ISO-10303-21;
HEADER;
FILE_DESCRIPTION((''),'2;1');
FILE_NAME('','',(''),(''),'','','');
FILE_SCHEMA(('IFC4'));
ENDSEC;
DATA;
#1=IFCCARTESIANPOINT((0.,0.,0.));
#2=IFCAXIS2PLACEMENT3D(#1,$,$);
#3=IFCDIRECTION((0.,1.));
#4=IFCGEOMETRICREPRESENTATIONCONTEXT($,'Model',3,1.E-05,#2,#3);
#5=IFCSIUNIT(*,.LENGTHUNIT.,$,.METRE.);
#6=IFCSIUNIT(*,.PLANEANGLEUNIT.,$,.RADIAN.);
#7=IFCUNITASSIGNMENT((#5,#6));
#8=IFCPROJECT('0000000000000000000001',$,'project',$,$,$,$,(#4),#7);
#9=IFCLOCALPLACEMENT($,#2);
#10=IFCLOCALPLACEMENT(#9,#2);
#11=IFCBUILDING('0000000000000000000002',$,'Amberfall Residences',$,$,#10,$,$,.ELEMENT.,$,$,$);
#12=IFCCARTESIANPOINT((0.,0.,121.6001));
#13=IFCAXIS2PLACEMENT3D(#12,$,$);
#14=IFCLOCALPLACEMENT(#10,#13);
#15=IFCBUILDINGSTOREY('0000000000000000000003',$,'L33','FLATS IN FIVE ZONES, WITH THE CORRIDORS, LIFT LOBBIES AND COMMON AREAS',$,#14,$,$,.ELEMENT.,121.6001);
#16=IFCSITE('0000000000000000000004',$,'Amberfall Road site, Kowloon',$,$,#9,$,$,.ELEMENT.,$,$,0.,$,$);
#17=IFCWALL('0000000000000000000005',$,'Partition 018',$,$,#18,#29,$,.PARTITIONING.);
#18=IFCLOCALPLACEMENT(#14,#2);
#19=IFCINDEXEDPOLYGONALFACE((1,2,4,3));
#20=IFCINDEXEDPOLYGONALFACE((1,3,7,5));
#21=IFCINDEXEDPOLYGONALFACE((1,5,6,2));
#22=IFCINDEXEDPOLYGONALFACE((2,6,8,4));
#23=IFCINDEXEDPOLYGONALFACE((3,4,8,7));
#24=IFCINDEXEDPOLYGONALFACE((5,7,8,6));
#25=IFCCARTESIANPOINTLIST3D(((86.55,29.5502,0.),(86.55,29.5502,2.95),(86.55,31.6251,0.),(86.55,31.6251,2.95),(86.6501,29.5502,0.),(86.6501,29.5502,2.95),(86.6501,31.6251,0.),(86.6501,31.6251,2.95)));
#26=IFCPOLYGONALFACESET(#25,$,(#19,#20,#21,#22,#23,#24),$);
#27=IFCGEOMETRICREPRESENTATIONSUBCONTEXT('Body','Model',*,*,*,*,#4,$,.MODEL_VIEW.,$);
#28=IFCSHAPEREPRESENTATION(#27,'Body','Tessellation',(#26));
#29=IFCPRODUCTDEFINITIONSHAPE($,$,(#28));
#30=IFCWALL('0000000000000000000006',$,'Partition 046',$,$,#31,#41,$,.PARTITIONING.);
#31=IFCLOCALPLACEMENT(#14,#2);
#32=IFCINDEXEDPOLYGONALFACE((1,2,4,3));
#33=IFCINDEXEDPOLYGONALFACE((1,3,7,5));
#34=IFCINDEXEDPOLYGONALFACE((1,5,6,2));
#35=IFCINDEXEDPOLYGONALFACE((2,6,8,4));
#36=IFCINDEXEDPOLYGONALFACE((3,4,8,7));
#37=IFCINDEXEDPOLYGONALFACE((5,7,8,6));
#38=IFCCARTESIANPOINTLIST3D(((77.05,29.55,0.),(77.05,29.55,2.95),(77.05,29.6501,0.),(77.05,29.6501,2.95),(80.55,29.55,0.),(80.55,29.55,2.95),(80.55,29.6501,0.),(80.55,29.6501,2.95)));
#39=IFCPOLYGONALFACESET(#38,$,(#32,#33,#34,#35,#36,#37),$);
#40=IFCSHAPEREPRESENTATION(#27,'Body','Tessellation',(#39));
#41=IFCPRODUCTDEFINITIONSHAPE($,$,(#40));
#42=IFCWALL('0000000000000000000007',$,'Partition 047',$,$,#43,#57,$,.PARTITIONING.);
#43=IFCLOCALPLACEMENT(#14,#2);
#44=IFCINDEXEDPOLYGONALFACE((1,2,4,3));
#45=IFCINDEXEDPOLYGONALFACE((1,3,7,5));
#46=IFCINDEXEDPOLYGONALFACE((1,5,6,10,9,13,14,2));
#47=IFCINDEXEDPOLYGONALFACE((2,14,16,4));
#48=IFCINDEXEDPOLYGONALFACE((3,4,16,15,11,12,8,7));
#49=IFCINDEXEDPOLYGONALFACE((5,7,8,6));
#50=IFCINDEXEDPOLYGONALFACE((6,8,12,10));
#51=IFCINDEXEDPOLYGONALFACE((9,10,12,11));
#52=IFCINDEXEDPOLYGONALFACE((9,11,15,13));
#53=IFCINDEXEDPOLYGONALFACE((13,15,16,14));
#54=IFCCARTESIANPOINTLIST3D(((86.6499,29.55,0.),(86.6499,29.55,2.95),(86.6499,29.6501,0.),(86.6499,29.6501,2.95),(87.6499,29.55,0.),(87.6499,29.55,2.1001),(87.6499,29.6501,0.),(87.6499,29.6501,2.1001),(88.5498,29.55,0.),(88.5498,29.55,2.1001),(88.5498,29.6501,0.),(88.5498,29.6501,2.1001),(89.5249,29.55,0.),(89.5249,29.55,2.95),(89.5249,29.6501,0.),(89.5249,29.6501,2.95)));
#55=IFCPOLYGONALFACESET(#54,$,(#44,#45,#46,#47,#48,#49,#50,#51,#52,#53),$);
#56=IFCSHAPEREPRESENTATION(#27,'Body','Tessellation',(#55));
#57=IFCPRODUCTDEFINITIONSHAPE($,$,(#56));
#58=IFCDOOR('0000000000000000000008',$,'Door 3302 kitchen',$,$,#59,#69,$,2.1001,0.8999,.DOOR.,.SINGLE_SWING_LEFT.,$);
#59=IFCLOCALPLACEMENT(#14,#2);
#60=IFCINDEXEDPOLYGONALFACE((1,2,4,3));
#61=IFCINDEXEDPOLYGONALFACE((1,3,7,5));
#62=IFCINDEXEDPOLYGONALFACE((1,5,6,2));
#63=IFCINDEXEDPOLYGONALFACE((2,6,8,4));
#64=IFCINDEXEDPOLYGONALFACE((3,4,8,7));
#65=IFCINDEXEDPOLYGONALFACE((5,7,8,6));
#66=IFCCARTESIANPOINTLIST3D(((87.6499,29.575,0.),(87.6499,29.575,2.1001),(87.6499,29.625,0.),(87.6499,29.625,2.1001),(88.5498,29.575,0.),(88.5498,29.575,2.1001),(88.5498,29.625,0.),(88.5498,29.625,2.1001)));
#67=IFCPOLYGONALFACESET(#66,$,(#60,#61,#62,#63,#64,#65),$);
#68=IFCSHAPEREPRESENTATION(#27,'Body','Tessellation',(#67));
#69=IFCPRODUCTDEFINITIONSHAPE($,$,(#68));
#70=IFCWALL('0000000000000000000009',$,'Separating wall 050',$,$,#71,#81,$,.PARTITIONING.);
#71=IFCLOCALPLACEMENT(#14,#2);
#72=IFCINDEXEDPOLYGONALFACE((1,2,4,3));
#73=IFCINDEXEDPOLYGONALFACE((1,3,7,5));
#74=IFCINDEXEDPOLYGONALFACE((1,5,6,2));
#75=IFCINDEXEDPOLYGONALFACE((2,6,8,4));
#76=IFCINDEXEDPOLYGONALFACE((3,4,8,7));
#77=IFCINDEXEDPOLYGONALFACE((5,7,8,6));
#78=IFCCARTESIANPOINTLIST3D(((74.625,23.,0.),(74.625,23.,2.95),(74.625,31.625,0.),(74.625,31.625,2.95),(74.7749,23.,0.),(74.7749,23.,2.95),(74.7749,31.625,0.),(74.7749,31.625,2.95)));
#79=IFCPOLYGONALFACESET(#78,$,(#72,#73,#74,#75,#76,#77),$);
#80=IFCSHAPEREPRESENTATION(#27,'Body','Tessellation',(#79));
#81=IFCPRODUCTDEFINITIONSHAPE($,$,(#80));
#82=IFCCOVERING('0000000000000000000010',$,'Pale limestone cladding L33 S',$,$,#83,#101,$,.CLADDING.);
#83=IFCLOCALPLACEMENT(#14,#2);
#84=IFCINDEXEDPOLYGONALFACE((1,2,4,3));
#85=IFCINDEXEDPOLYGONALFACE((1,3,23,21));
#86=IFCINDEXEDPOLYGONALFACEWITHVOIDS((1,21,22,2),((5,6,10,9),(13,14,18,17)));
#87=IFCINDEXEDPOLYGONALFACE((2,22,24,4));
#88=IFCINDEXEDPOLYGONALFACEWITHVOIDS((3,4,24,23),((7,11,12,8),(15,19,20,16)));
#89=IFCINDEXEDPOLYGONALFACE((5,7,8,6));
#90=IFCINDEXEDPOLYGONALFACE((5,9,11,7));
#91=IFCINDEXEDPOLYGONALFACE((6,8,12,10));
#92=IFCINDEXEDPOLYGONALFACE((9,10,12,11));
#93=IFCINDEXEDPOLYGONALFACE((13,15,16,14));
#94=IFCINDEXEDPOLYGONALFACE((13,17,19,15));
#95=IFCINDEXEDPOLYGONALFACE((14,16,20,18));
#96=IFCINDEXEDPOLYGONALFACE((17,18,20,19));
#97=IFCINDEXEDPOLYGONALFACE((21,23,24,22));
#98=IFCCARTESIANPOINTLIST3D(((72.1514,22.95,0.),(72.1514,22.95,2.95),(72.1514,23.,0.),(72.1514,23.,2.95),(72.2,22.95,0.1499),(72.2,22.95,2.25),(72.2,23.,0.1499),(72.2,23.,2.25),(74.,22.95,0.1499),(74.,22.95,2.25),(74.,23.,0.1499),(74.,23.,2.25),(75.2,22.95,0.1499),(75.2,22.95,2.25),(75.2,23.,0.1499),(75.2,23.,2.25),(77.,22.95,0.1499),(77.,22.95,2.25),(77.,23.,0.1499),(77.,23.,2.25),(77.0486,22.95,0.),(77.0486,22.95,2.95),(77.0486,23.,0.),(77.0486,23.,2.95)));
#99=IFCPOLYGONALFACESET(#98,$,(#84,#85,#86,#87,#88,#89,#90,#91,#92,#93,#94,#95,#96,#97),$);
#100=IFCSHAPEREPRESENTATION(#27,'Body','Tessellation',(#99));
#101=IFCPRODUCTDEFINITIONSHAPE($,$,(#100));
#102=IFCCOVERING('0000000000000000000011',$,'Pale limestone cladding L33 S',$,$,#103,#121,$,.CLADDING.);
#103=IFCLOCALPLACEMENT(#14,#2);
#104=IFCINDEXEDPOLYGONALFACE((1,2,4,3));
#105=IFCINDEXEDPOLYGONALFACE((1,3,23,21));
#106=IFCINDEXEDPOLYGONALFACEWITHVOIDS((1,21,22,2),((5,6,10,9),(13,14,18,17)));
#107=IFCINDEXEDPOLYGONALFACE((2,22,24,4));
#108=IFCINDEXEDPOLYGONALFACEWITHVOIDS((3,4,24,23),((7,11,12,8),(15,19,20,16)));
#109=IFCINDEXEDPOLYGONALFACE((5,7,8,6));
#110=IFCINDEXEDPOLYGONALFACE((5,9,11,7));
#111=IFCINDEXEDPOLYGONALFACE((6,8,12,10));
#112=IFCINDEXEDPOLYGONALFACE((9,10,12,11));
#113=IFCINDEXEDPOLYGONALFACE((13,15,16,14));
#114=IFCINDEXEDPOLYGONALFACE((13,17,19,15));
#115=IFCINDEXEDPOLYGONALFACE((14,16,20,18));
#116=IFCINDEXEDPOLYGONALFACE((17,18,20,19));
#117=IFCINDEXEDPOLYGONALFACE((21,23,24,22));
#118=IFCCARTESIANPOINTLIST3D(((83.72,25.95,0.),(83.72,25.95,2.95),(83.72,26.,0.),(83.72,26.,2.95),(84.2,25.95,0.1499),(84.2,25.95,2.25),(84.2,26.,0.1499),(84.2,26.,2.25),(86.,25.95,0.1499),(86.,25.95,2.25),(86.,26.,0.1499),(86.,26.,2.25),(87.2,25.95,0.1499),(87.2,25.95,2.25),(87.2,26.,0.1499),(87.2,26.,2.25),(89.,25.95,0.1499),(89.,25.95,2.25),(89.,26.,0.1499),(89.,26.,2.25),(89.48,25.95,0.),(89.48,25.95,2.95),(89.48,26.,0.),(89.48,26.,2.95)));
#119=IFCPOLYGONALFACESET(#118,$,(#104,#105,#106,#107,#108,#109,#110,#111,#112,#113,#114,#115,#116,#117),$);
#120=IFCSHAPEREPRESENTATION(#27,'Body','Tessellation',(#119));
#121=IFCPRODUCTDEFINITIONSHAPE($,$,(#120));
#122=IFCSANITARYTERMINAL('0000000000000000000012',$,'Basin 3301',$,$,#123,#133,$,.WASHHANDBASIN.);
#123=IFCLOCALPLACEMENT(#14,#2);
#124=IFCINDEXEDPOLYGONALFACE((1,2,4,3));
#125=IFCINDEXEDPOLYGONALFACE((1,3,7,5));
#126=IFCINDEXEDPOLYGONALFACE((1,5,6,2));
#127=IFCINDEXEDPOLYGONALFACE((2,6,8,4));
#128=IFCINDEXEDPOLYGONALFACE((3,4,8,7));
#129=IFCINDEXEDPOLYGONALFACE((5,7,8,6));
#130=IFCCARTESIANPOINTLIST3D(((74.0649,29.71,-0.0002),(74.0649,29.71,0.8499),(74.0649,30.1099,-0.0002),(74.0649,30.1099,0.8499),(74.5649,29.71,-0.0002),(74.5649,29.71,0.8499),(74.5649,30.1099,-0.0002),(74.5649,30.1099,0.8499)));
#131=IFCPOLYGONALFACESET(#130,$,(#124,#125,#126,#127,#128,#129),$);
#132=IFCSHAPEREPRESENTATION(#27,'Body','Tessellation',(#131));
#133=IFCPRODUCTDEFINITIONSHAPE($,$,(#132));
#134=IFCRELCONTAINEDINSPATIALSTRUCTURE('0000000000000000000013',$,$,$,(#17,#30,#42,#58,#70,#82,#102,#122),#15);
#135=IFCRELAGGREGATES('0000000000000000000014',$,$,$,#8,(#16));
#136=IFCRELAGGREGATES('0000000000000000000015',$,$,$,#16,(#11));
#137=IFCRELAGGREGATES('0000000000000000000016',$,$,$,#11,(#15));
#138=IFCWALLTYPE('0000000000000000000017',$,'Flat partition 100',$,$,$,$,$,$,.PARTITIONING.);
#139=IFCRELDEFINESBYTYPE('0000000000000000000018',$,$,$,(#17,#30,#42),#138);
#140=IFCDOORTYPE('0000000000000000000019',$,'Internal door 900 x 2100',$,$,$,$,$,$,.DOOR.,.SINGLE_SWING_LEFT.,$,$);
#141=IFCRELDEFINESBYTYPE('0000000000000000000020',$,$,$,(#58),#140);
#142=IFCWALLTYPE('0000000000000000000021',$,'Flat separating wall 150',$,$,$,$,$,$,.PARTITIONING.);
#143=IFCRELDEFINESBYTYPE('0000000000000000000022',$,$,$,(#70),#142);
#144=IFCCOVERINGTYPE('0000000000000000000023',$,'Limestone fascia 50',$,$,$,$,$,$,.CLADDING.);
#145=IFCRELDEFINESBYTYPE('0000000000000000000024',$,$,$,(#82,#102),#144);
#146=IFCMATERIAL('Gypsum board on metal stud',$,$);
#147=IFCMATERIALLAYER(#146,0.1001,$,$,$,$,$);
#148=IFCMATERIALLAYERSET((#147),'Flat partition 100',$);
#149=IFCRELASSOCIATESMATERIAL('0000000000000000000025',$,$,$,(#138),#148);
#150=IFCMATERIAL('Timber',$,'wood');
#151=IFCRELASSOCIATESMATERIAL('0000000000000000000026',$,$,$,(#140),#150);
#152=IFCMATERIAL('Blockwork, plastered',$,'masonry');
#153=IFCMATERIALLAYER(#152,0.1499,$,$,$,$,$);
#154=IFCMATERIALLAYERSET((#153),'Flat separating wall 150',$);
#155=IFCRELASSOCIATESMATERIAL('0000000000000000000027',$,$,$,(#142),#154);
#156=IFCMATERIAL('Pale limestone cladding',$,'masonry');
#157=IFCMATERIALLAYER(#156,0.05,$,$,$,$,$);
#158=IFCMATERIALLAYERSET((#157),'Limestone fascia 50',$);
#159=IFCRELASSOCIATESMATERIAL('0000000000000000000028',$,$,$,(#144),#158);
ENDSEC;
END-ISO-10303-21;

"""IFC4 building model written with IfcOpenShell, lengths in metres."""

from ifc_helpers import new_model, si_unit, direction, frame, frame_2d, origin, origin_2d, place, context, subcontext, project, spatial, polyline, rectangle, outline, extrude, material, layer, layer_set, type_object, element, fill, save


model = new_model("IFC4")

# Units and contexts
model_context = context("Model", 3, precision=1e-05, world=origin(), true_north=direction((0.0, 1.0)))
body_context = subcontext(model_context, "Body", "Model", "MODEL_VIEW")
ifc_project = project(units=[si_unit("LENGTHUNIT", "METRE"), si_unit("PLANEANGLEUNIT", "RADIAN")], contexts=[model_context])

# Site, building, storey
site_placement = place(None, origin())
site = spatial("IfcSite", under=ifc_project, at=site_placement, Name="Amberfall Road site, Kowloon", CompositionType="ELEMENT", RefElevation=0.0)
building_placement = place(site_placement, origin())
building = spatial("IfcBuilding", under=site, at=building_placement, Name="Amberfall Residences", CompositionType="ELEMENT")
storey_placement = place(building_placement, frame((0.0, 0.0, 121.6001)))
storey = spatial("IfcBuildingStorey", under=building, at=storey_placement, Name="L33", Description="FLATS IN FIVE ZONES, WITH THE CORRIDORS, LIFT LOBBIES AND COMMON AREAS", CompositionType="ELEMENT", Elevation=121.6001)

# Shared definitions
ifc_material_1 = material(Name="Gypsum board on metal stud")
ifc_layer_1 = layer(ifc_material_1, 0.1001)
ifc_layer_set_1 = layer_set([ifc_layer_1], Name="Flat partition 100")
wall_type_1 = type_object("IfcWallType", Name="Flat partition 100", PredefinedType="PARTITIONING", material=ifc_layer_set_1)

# Shared definitions
ifc_material_2 = material(Name="Timber", Category="wood")
door_type_1 = type_object("IfcDoorType", Name="Internal door 900 x 2100", OperationType="SINGLE_SWING_LEFT", PredefinedType="DOOR", material=ifc_material_2)

# Walls
wall_1_placement = place(storey_placement, frame((86.6001, 29.55, 0.0), z_axis=(0.0, 0.0, 1.0), x_axis=(0.0, 1.0, 0.0)))
element("IfcWall", 1, at=wall_1_placement, inside=storey, type_object=wall_type_1, Name="Partition 018", PredefinedType="PARTITIONING", context=body_context, shape_type="SweptSolid", body=[
    extrude(rectangle(XDim=2.075, YDim=0.1001, at=frame_2d((1.0376, 0.0))), origin(), (0.0, 0.0, 1.0), 2.95),
])
wall_2_placement = place(storey_placement, frame((77.05, 29.6001, 0.0), z_axis=(0.0, 0.0, 1.0), x_axis=(1.0, 0.0, 0.0)))
element("IfcWall", 2, at=wall_2_placement, inside=storey, type_object=wall_type_1, Name="Partition 046", PredefinedType="PARTITIONING", context=body_context, shape_type="SweptSolid", body=[
    extrude(rectangle(XDim=3.5, YDim=0.1001, at=frame_2d((1.75, 0.0))), origin(), (0.0, 0.0, 1.0), 2.95),
])

# Wall, opening, door
wall_3_placement = place(storey_placement, frame((86.6499, 29.6001, 0.0), z_axis=(0.0, 0.0, 1.0), x_axis=(1.0, 0.0, 0.0)))
wall_3 = element("IfcWall", 3, at=wall_3_placement, inside=storey, type_object=wall_type_1, Name="Partition 047", PredefinedType="PARTITIONING", context=body_context, shape_type="SweptSolid", body=[
    extrude(rectangle(XDim=2.875, YDim=0.1001, at=frame_2d((1.4375, 0.0))), origin(), (0.0, 0.0, 1.0), 2.95),
])
opening_1_placement = place(wall_3_placement, frame((1.0, 0.0, 0.0)))
opening_1 = element("IfcOpeningElement", 4, at=opening_1_placement, cuts=wall_3, PredefinedType="OPENING", context=body_context, shape_type="SweptSolid", body=[
    extrude(rectangle(XDim=0.8999, YDim=2.1001, at=frame_2d((0.45, 1.05))), frame((0.0, 0.0601, 0.0), z_axis=(0.0, -1.0, 0.0), x_axis=(1.0, 0.0, 0.0)), (0.0, 0.0, 1.0), 0.1201),
])
door_1_placement = place(opening_1_placement, origin())
door_1 = element("IfcDoor", 5, at=door_1_placement, inside=storey, type_object=door_type_1, Name="Door 3302 kitchen", OperationType="SINGLE_SWING_LEFT", OverallHeight=2.1001, OverallWidth=0.8999, PredefinedType="DOOR", context=body_context, shape_type="SweptSolid", body=[
    extrude(rectangle(XDim=0.8999, YDim=2.1001, at=frame_2d((0.45, 1.05))), frame((0.0, 0.0249, 0.0), z_axis=(0.0, -1.0, 0.0), x_axis=(1.0, 0.0, 0.0)), (0.0, 0.0, 1.0), 0.05),
])
fill(opening_1, door_1)

# Wall
ifc_material_3 = material(Name="Blockwork, plastered", Category="masonry")
ifc_layer_2 = layer(ifc_material_3, 0.1499)
ifc_layer_set_2 = layer_set([ifc_layer_2], Name="Flat separating wall 150")
wall_type_2 = type_object("IfcWallType", Name="Flat separating wall 150", PredefinedType="PARTITIONING", material=ifc_layer_set_2)
wall_4_placement = place(storey_placement, frame((74.7, 23.0, 0.0), z_axis=(0.0, 0.0, 1.0), x_axis=(0.0, 1.0, 0.0)))
element("IfcWall", 6, at=wall_4_placement, inside=storey, type_object=wall_type_2, Name="Separating wall 050", PredefinedType="PARTITIONING", context=body_context, shape_type="SweptSolid", body=[
    extrude(rectangle(XDim=8.625, YDim=0.1499, at=frame_2d((4.3125, 0.0))), origin(), (0.0, 0.0, 1.0), 2.95),
])

# Coverings
ifc_material_4 = material(Name="Pale limestone cladding", Category="masonry")
ifc_layer_3 = layer(ifc_material_4, 0.05)
ifc_layer_set_3 = layer_set([ifc_layer_3], Name="Limestone fascia 50")
covering_type = type_object("IfcCoveringType", Name="Limestone fascia 50", PredefinedType="CLADDING", material=ifc_layer_set_3)
covering_1_placement = place(storey_placement, frame((72.1514, 23.0, 2.95), z_axis=(0.0, 1.0, 0.0), x_axis=(1.0, 0.0, 0.0)))
element("IfcCovering", 7, at=covering_1_placement, inside=storey, type_object=covering_type, Name="Pale limestone cladding L33 S", PredefinedType="CLADDING", context=body_context, shape_type="SweptSolid", body=[
    extrude(outline(polyline([(0.0, 0.0), (4.8972, 0.0), (4.8972, 2.95), (0.0, 2.95), (0.0, 0.0)]), holes=[polyline([(0.0486, 0.7), (1.8486, 0.7), (1.8486, 2.8), (0.0486, 2.8), (0.0486, 0.7)]), polyline([(3.0486, 0.7), (4.8486, 0.7), (4.8486, 2.8), (3.0486, 2.8), (3.0486, 0.7)])]), origin(), (0.0, 0.0, -1.0), 0.05),
])
covering_2_placement = place(storey_placement, frame((83.72, 26.0, 2.95), z_axis=(0.0, 1.0, 0.0), x_axis=(1.0, 0.0, 0.0)))
element("IfcCovering", 8, at=covering_2_placement, inside=storey, type_object=covering_type, Name="Pale limestone cladding L33 S", PredefinedType="CLADDING", context=body_context, shape_type="SweptSolid", body=[
    extrude(outline(polyline([(0.0, 0.0), (5.76, 0.0), (5.76, 2.95), (0.0, 2.95), (0.0, 0.0)]), holes=[polyline([(0.48, 0.7), (2.28, 0.7), (2.28, 2.8), (0.48, 2.8), (0.48, 0.7)]), polyline([(3.48, 0.7), (5.28, 0.7), (5.28, 2.8), (3.48, 2.8), (3.48, 0.7)])]), origin(), (0.0, 0.0, -1.0), 0.05),
])

# Sanitary terminal
sanitary_terminal_placement = place(storey_placement, frame((74.3149, 29.9099, -0.0002), z_axis=(0.0, 0.0, 1.0), x_axis=(1.0, 0.0, 0.0)))
element("IfcSanitaryTerminal", 9, at=sanitary_terminal_placement, inside=storey, Name="Basin 3301", PredefinedType="WASHHANDBASIN", context=body_context, shape_type="SweptSolid", body=[
    extrude(rectangle(XDim=0.5, YDim=0.3999, at=origin_2d()), origin(), (0.0, 0.0, 1.0), 0.8501),
])

save(model, "model.ifc")
